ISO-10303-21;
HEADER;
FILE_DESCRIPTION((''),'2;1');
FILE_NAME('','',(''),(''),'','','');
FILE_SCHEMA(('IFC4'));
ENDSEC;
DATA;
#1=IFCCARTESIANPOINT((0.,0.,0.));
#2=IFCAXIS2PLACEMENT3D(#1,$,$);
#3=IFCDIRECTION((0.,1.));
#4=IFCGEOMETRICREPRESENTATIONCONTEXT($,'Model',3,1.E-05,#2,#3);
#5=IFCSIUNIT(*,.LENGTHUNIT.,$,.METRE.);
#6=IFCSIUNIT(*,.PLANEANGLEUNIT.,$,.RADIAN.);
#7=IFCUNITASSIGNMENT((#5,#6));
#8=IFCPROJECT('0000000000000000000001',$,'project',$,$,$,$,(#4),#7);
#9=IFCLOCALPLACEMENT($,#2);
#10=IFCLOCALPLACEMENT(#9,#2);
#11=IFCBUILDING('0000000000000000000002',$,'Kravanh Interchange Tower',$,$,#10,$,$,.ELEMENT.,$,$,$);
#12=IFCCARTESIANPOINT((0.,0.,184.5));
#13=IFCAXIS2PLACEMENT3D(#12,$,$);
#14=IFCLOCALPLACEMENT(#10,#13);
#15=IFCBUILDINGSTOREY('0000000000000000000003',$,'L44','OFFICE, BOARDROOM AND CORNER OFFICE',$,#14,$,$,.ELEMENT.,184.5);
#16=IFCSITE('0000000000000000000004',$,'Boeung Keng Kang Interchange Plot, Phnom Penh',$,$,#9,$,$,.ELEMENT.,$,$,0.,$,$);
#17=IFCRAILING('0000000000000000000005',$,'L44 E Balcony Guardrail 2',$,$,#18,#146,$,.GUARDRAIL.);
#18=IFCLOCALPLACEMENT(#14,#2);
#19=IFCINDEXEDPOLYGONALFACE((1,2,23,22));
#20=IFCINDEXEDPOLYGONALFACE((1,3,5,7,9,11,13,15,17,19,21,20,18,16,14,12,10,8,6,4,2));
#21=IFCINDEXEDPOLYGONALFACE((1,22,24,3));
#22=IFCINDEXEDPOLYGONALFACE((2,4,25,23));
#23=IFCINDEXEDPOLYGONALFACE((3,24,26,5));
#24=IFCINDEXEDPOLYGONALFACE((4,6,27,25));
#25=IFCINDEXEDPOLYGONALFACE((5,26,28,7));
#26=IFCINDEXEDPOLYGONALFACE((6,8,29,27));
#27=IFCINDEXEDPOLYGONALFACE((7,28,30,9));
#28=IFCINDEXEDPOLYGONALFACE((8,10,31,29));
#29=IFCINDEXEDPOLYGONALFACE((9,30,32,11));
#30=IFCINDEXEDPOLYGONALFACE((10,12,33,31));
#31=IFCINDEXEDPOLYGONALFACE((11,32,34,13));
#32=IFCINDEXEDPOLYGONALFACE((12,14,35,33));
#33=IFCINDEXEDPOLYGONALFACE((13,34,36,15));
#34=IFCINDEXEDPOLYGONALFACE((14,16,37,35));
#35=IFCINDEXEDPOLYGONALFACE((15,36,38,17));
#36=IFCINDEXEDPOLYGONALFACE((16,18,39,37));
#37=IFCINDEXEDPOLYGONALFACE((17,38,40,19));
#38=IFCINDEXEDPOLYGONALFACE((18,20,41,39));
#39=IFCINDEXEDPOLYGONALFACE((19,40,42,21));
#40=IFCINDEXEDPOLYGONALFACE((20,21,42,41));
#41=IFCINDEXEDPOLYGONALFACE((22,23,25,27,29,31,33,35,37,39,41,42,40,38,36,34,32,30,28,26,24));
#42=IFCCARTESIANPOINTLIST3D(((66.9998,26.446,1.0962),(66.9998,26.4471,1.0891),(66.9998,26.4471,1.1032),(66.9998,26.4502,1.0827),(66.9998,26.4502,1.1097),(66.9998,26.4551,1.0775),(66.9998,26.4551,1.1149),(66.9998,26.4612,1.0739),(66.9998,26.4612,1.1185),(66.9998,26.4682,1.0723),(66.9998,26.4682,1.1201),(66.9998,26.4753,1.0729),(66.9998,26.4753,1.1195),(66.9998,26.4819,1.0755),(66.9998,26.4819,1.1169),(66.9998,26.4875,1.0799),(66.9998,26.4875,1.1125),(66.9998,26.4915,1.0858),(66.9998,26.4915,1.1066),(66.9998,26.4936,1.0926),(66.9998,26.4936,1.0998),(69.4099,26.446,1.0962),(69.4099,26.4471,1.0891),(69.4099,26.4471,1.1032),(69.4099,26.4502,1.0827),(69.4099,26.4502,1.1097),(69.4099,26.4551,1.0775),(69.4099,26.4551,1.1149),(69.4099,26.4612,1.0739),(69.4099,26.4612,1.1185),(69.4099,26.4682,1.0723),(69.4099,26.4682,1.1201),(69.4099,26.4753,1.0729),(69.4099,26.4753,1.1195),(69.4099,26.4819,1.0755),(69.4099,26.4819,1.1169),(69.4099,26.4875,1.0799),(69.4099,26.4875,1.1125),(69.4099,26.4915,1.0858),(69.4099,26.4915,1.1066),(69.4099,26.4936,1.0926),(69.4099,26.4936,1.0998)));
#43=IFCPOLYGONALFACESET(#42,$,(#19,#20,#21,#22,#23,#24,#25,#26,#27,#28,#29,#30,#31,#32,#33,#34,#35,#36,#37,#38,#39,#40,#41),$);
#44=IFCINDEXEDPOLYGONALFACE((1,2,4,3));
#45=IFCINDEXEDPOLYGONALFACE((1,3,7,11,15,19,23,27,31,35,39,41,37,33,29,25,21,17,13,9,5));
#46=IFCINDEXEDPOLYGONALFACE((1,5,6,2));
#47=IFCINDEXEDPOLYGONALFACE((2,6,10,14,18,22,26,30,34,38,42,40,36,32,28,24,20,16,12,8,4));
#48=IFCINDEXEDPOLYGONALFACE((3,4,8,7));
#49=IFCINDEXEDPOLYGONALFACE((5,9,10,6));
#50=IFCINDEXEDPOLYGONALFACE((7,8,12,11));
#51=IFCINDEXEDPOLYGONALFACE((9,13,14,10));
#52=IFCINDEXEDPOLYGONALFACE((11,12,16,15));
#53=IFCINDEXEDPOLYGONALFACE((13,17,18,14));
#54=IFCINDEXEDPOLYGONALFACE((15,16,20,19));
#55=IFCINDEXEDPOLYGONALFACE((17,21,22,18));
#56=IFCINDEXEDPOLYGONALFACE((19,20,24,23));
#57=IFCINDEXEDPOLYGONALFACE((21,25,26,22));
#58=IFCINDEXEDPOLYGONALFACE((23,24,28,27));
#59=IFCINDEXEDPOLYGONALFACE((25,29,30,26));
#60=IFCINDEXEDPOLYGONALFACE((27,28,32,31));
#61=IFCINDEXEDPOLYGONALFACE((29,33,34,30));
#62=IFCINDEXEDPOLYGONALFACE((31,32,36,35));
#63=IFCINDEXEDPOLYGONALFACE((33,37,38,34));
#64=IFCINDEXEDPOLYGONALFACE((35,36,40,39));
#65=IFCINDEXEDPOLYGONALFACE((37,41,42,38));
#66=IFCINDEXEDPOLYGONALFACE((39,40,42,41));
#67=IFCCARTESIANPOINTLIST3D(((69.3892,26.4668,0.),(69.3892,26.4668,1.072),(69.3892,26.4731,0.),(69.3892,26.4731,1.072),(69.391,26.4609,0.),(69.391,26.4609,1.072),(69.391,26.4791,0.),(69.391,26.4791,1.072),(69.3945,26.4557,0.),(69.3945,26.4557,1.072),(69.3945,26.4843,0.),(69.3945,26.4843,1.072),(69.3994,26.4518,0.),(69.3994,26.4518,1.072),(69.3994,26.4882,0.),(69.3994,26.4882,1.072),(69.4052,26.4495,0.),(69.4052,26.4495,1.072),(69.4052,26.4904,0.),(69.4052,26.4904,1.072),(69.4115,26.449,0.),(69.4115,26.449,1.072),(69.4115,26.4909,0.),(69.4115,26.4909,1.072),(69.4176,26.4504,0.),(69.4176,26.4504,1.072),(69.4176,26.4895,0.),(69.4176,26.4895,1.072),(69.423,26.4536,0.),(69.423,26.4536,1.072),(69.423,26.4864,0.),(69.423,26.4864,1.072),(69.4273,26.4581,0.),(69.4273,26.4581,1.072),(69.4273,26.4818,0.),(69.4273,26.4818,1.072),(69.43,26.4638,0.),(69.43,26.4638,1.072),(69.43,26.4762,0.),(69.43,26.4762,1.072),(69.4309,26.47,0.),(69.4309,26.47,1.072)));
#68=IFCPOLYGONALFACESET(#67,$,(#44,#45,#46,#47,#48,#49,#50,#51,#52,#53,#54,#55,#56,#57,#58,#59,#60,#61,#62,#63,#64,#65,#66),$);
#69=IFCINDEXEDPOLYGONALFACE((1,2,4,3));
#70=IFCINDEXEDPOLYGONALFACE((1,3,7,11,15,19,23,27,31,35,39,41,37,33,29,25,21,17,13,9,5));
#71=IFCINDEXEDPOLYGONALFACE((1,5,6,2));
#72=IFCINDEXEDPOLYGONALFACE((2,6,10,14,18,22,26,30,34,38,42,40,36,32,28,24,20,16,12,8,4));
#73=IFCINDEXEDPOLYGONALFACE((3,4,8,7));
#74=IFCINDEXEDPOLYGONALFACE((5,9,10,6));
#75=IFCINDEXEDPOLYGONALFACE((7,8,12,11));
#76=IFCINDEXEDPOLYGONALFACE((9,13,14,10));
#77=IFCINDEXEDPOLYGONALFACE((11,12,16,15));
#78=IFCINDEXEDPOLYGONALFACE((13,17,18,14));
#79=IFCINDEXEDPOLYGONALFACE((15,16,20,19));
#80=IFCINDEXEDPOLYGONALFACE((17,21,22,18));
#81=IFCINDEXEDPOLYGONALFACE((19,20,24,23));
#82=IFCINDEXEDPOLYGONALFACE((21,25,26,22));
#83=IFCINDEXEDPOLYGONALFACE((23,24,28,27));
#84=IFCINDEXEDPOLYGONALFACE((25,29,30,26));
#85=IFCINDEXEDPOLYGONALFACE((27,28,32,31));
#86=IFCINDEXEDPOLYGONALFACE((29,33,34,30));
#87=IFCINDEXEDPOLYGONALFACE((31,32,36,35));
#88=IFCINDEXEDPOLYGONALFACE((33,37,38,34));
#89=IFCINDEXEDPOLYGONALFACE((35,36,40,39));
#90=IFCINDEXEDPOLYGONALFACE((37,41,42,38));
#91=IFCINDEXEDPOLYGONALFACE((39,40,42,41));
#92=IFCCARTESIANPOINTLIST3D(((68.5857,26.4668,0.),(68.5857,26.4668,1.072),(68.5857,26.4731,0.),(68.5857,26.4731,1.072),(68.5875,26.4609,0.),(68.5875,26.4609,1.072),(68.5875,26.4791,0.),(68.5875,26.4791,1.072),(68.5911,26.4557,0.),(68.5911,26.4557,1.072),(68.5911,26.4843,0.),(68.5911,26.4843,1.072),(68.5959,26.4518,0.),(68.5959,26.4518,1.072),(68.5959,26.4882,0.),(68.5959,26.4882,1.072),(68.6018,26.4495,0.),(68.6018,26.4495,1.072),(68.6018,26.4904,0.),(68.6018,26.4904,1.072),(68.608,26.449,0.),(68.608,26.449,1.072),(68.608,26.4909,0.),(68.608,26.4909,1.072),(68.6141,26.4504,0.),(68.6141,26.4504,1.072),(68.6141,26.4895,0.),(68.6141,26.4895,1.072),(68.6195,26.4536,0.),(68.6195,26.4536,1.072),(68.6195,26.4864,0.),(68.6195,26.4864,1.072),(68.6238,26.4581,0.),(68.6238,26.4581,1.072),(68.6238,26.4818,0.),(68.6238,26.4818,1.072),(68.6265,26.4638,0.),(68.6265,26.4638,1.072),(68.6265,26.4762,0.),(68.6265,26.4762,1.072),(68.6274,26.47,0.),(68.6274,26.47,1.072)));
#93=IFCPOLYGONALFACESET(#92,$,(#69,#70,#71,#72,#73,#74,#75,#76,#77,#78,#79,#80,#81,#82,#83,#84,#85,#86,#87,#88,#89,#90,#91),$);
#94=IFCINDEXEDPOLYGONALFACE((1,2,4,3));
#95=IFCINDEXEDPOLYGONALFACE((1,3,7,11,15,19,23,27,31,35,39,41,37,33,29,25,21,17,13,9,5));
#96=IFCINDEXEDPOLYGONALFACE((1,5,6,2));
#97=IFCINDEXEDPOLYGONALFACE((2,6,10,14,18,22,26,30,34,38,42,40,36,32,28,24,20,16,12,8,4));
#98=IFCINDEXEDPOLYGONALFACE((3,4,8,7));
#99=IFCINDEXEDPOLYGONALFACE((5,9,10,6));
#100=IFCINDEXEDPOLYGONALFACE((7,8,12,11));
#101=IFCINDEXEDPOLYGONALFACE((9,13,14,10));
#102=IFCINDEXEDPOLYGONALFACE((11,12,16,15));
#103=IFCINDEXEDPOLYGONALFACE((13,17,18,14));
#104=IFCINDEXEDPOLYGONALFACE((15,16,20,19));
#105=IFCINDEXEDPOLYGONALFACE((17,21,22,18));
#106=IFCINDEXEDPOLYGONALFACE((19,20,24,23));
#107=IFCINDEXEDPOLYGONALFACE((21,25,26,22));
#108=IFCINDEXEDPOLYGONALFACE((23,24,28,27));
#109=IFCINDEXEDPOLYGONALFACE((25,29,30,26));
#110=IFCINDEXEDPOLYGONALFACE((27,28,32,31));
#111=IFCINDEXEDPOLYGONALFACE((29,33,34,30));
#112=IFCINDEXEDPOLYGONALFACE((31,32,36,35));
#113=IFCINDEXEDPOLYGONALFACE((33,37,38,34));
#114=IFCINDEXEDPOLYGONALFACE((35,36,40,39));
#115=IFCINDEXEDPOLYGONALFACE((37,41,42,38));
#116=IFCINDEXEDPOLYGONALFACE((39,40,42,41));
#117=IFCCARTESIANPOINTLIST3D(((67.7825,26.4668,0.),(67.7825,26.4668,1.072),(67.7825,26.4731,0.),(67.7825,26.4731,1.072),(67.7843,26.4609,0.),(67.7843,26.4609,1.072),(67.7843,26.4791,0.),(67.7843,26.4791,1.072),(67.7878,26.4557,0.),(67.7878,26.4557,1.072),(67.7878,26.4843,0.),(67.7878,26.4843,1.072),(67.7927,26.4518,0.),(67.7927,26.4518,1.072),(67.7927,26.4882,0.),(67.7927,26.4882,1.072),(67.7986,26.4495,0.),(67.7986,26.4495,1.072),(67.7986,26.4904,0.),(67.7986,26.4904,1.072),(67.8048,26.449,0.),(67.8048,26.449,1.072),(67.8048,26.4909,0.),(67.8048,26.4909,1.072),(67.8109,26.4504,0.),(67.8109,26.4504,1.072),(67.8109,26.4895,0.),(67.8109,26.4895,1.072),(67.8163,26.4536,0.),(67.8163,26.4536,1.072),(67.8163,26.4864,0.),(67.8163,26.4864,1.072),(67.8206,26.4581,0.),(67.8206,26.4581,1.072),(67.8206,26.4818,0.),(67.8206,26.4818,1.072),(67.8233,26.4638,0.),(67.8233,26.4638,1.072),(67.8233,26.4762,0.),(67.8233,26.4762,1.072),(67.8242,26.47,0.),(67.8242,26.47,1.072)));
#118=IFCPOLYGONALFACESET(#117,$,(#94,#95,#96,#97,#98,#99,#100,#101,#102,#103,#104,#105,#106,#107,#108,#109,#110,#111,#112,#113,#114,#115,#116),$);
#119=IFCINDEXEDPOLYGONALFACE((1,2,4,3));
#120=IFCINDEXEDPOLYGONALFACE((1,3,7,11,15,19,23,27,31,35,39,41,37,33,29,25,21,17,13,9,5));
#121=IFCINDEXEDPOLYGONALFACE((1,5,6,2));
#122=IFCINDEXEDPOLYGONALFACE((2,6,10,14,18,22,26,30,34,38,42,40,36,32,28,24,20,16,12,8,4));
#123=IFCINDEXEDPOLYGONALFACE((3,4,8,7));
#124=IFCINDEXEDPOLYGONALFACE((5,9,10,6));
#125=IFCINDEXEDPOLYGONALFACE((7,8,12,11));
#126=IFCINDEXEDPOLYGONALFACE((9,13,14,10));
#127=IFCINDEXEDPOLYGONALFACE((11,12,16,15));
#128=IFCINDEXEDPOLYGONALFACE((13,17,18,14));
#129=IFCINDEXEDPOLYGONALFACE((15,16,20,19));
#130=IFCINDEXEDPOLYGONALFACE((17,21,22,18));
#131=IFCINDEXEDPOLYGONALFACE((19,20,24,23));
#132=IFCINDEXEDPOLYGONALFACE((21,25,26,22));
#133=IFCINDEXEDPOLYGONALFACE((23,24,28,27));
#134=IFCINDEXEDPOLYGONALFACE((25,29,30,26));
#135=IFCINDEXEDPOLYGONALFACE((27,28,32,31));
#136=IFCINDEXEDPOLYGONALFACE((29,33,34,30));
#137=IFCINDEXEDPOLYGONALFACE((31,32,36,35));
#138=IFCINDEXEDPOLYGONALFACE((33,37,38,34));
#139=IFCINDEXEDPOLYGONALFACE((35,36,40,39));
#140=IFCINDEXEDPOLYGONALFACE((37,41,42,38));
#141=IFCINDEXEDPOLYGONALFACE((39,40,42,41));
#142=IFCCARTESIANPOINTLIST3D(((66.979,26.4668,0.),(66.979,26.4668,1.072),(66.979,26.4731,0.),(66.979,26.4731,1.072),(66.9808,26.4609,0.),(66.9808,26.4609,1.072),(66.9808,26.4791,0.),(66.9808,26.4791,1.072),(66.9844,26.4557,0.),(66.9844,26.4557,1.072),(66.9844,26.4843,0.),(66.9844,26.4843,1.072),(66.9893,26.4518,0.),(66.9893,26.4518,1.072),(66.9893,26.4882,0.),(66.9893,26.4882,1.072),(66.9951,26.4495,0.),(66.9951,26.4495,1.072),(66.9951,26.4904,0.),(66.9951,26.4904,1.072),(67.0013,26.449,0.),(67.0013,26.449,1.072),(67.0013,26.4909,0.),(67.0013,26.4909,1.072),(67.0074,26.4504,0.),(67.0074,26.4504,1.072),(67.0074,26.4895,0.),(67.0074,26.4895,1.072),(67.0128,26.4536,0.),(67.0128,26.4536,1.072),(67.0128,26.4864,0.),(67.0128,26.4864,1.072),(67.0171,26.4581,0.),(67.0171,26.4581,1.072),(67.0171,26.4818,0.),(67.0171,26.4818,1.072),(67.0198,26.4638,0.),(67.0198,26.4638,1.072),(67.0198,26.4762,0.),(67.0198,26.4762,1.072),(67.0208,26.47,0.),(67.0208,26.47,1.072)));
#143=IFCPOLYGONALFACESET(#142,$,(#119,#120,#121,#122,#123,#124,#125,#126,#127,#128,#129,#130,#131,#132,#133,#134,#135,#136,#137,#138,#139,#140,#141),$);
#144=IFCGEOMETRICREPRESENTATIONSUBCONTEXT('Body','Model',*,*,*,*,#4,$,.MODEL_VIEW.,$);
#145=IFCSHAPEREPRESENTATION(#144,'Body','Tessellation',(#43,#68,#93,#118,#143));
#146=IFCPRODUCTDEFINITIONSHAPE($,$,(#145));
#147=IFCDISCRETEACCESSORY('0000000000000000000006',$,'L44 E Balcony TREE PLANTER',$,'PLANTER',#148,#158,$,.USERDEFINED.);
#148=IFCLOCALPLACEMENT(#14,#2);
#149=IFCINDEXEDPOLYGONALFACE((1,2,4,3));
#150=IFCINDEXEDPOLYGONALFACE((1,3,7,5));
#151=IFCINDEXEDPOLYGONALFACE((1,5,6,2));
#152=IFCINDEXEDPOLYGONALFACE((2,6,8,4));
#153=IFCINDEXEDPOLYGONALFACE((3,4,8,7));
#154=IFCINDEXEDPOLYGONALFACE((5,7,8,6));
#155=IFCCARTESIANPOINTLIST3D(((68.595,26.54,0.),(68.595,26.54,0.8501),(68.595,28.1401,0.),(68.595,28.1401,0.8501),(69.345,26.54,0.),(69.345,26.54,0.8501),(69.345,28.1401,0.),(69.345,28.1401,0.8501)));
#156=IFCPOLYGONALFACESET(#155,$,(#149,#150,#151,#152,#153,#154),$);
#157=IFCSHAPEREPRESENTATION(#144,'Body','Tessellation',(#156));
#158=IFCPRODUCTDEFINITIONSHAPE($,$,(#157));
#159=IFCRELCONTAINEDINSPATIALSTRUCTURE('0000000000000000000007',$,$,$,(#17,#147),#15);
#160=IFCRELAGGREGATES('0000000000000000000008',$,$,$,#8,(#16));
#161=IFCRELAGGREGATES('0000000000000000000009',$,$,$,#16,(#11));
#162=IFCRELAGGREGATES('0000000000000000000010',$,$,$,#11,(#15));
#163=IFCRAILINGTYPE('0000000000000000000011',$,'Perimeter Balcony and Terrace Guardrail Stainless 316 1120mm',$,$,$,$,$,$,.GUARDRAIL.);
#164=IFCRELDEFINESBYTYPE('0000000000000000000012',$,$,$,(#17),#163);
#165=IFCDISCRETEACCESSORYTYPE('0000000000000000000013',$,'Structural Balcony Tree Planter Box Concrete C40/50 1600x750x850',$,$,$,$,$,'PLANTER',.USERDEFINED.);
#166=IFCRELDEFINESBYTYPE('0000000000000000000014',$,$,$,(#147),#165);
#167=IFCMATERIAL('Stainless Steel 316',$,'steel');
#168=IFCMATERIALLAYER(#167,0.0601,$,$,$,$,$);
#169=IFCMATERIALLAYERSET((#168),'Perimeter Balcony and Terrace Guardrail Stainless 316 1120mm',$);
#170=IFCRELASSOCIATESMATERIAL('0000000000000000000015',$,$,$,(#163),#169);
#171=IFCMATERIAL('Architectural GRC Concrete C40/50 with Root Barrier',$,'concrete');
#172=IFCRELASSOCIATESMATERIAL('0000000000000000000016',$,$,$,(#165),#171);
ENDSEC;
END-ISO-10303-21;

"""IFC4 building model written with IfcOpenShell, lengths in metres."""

from ifc_helpers import new_model, si_unit, direction, frame, origin, origin_2d, place, context, subcontext, project, spatial, rectangle, circle, extrude, material, layer, layer_set, type_object, element, save


model = new_model("IFC4")

# Units and contexts
model_context = context("Model", 3, precision=1e-05, world=origin(), true_north=direction((0.0, 1.0)))
body_context = subcontext(model_context, "Body", "Model", "MODEL_VIEW")
ifc_project = project(units=[si_unit("LENGTHUNIT", "METRE"), si_unit("PLANEANGLEUNIT", "RADIAN")], contexts=[model_context])

# Site, building, storey
site_placement = place(None, origin())
site = spatial("IfcSite", under=ifc_project, at=site_placement, Name="Boeung Keng Kang Interchange Plot, Phnom Penh", CompositionType="ELEMENT", RefElevation=0.0)
building_placement = place(site_placement, origin())
building = spatial("IfcBuilding", under=site, at=building_placement, Name="Kravanh Interchange Tower", CompositionType="ELEMENT")
storey_placement = place(building_placement, frame((0.0, 0.0, 184.5)))
storey = spatial("IfcBuildingStorey", under=building, at=storey_placement, Name="L44", Description="OFFICE, BOARDROOM AND CORNER OFFICE", CompositionType="ELEMENT", Elevation=184.5)

# Railing
ifc_material_1 = material(Name="Stainless Steel 316", Category="steel")
ifc_layer_1 = layer(ifc_material_1, 0.0601)
ifc_layer_set_1 = layer_set([ifc_layer_1], Name="Perimeter Balcony and Terrace Guardrail Stainless 316 1120mm")
railing_type = type_object("IfcRailingType", Name="Perimeter Balcony and Terrace Guardrail Stainless 316 1120mm", PredefinedType="GUARDRAIL", material=ifc_layer_set_1)
railing_placement = place(storey_placement, frame((69.4099, 26.47, 0.0)))
element("IfcRailing", 1, at=railing_placement, inside=storey, type_object=railing_type, Name="L44 E Balcony Guardrail 2", PredefinedType="GUARDRAIL", context=body_context, shape_type="SweptSolid", body=[
    extrude(circle(Radius=0.0239, at=origin_2d()), frame((0.0, 0.0, 1.0962), z_axis=(-1.0, 0.0, 0.0), x_axis=(0.0, -1.0, 0.0)), (0.0, 0.0, 1.0), 2.4102),
    extrude(circle(Radius=0.021, at=origin_2d()), origin(), (0.0, 0.0, 1.0), 1.072),
    extrude(circle(Radius=0.021, at=origin_2d()), frame((-0.8035, 0.0, 0.0)), (0.0, 0.0, 1.0), 1.072),
    extrude(circle(Radius=0.021, at=origin_2d()), frame((-1.6067, 0.0, 0.0)), (0.0, 0.0, 1.0), 1.072),
    extrude(circle(Radius=0.021, at=origin_2d()), frame((-2.4102, 0.0, 0.0)), (0.0, 0.0, 1.0), 1.072),
])

# Discrete accessory
ifc_material_2 = material(Name="Architectural GRC Concrete C40/50 with Root Barrier", Category="concrete")
discrete_accessory_type = type_object("IfcDiscreteAccessoryType", Name="Structural Balcony Tree Planter Box Concrete C40/50 1600x750x850", ElementType="PLANTER", PredefinedType="USERDEFINED", material=ifc_material_2)
discrete_accessory_placement = place(storey_placement, frame((68.97, 27.3401, 0.0), z_axis=(0.0, 0.0, 1.0), x_axis=(1.0, 0.0, 0.0)))
element("IfcDiscreteAccessory", 2, at=discrete_accessory_placement, inside=storey, type_object=discrete_accessory_type, Name="L44 E Balcony TREE PLANTER", ObjectType="PLANTER", PredefinedType="USERDEFINED", context=body_context, shape_type="SweptSolid", body=[
    extrude(rectangle(XDim=0.75, YDim=1.6001, at=origin_2d()), origin(), (0.0, 0.0, 1.0), 0.8501),
])

save(model, "model.ifc")
